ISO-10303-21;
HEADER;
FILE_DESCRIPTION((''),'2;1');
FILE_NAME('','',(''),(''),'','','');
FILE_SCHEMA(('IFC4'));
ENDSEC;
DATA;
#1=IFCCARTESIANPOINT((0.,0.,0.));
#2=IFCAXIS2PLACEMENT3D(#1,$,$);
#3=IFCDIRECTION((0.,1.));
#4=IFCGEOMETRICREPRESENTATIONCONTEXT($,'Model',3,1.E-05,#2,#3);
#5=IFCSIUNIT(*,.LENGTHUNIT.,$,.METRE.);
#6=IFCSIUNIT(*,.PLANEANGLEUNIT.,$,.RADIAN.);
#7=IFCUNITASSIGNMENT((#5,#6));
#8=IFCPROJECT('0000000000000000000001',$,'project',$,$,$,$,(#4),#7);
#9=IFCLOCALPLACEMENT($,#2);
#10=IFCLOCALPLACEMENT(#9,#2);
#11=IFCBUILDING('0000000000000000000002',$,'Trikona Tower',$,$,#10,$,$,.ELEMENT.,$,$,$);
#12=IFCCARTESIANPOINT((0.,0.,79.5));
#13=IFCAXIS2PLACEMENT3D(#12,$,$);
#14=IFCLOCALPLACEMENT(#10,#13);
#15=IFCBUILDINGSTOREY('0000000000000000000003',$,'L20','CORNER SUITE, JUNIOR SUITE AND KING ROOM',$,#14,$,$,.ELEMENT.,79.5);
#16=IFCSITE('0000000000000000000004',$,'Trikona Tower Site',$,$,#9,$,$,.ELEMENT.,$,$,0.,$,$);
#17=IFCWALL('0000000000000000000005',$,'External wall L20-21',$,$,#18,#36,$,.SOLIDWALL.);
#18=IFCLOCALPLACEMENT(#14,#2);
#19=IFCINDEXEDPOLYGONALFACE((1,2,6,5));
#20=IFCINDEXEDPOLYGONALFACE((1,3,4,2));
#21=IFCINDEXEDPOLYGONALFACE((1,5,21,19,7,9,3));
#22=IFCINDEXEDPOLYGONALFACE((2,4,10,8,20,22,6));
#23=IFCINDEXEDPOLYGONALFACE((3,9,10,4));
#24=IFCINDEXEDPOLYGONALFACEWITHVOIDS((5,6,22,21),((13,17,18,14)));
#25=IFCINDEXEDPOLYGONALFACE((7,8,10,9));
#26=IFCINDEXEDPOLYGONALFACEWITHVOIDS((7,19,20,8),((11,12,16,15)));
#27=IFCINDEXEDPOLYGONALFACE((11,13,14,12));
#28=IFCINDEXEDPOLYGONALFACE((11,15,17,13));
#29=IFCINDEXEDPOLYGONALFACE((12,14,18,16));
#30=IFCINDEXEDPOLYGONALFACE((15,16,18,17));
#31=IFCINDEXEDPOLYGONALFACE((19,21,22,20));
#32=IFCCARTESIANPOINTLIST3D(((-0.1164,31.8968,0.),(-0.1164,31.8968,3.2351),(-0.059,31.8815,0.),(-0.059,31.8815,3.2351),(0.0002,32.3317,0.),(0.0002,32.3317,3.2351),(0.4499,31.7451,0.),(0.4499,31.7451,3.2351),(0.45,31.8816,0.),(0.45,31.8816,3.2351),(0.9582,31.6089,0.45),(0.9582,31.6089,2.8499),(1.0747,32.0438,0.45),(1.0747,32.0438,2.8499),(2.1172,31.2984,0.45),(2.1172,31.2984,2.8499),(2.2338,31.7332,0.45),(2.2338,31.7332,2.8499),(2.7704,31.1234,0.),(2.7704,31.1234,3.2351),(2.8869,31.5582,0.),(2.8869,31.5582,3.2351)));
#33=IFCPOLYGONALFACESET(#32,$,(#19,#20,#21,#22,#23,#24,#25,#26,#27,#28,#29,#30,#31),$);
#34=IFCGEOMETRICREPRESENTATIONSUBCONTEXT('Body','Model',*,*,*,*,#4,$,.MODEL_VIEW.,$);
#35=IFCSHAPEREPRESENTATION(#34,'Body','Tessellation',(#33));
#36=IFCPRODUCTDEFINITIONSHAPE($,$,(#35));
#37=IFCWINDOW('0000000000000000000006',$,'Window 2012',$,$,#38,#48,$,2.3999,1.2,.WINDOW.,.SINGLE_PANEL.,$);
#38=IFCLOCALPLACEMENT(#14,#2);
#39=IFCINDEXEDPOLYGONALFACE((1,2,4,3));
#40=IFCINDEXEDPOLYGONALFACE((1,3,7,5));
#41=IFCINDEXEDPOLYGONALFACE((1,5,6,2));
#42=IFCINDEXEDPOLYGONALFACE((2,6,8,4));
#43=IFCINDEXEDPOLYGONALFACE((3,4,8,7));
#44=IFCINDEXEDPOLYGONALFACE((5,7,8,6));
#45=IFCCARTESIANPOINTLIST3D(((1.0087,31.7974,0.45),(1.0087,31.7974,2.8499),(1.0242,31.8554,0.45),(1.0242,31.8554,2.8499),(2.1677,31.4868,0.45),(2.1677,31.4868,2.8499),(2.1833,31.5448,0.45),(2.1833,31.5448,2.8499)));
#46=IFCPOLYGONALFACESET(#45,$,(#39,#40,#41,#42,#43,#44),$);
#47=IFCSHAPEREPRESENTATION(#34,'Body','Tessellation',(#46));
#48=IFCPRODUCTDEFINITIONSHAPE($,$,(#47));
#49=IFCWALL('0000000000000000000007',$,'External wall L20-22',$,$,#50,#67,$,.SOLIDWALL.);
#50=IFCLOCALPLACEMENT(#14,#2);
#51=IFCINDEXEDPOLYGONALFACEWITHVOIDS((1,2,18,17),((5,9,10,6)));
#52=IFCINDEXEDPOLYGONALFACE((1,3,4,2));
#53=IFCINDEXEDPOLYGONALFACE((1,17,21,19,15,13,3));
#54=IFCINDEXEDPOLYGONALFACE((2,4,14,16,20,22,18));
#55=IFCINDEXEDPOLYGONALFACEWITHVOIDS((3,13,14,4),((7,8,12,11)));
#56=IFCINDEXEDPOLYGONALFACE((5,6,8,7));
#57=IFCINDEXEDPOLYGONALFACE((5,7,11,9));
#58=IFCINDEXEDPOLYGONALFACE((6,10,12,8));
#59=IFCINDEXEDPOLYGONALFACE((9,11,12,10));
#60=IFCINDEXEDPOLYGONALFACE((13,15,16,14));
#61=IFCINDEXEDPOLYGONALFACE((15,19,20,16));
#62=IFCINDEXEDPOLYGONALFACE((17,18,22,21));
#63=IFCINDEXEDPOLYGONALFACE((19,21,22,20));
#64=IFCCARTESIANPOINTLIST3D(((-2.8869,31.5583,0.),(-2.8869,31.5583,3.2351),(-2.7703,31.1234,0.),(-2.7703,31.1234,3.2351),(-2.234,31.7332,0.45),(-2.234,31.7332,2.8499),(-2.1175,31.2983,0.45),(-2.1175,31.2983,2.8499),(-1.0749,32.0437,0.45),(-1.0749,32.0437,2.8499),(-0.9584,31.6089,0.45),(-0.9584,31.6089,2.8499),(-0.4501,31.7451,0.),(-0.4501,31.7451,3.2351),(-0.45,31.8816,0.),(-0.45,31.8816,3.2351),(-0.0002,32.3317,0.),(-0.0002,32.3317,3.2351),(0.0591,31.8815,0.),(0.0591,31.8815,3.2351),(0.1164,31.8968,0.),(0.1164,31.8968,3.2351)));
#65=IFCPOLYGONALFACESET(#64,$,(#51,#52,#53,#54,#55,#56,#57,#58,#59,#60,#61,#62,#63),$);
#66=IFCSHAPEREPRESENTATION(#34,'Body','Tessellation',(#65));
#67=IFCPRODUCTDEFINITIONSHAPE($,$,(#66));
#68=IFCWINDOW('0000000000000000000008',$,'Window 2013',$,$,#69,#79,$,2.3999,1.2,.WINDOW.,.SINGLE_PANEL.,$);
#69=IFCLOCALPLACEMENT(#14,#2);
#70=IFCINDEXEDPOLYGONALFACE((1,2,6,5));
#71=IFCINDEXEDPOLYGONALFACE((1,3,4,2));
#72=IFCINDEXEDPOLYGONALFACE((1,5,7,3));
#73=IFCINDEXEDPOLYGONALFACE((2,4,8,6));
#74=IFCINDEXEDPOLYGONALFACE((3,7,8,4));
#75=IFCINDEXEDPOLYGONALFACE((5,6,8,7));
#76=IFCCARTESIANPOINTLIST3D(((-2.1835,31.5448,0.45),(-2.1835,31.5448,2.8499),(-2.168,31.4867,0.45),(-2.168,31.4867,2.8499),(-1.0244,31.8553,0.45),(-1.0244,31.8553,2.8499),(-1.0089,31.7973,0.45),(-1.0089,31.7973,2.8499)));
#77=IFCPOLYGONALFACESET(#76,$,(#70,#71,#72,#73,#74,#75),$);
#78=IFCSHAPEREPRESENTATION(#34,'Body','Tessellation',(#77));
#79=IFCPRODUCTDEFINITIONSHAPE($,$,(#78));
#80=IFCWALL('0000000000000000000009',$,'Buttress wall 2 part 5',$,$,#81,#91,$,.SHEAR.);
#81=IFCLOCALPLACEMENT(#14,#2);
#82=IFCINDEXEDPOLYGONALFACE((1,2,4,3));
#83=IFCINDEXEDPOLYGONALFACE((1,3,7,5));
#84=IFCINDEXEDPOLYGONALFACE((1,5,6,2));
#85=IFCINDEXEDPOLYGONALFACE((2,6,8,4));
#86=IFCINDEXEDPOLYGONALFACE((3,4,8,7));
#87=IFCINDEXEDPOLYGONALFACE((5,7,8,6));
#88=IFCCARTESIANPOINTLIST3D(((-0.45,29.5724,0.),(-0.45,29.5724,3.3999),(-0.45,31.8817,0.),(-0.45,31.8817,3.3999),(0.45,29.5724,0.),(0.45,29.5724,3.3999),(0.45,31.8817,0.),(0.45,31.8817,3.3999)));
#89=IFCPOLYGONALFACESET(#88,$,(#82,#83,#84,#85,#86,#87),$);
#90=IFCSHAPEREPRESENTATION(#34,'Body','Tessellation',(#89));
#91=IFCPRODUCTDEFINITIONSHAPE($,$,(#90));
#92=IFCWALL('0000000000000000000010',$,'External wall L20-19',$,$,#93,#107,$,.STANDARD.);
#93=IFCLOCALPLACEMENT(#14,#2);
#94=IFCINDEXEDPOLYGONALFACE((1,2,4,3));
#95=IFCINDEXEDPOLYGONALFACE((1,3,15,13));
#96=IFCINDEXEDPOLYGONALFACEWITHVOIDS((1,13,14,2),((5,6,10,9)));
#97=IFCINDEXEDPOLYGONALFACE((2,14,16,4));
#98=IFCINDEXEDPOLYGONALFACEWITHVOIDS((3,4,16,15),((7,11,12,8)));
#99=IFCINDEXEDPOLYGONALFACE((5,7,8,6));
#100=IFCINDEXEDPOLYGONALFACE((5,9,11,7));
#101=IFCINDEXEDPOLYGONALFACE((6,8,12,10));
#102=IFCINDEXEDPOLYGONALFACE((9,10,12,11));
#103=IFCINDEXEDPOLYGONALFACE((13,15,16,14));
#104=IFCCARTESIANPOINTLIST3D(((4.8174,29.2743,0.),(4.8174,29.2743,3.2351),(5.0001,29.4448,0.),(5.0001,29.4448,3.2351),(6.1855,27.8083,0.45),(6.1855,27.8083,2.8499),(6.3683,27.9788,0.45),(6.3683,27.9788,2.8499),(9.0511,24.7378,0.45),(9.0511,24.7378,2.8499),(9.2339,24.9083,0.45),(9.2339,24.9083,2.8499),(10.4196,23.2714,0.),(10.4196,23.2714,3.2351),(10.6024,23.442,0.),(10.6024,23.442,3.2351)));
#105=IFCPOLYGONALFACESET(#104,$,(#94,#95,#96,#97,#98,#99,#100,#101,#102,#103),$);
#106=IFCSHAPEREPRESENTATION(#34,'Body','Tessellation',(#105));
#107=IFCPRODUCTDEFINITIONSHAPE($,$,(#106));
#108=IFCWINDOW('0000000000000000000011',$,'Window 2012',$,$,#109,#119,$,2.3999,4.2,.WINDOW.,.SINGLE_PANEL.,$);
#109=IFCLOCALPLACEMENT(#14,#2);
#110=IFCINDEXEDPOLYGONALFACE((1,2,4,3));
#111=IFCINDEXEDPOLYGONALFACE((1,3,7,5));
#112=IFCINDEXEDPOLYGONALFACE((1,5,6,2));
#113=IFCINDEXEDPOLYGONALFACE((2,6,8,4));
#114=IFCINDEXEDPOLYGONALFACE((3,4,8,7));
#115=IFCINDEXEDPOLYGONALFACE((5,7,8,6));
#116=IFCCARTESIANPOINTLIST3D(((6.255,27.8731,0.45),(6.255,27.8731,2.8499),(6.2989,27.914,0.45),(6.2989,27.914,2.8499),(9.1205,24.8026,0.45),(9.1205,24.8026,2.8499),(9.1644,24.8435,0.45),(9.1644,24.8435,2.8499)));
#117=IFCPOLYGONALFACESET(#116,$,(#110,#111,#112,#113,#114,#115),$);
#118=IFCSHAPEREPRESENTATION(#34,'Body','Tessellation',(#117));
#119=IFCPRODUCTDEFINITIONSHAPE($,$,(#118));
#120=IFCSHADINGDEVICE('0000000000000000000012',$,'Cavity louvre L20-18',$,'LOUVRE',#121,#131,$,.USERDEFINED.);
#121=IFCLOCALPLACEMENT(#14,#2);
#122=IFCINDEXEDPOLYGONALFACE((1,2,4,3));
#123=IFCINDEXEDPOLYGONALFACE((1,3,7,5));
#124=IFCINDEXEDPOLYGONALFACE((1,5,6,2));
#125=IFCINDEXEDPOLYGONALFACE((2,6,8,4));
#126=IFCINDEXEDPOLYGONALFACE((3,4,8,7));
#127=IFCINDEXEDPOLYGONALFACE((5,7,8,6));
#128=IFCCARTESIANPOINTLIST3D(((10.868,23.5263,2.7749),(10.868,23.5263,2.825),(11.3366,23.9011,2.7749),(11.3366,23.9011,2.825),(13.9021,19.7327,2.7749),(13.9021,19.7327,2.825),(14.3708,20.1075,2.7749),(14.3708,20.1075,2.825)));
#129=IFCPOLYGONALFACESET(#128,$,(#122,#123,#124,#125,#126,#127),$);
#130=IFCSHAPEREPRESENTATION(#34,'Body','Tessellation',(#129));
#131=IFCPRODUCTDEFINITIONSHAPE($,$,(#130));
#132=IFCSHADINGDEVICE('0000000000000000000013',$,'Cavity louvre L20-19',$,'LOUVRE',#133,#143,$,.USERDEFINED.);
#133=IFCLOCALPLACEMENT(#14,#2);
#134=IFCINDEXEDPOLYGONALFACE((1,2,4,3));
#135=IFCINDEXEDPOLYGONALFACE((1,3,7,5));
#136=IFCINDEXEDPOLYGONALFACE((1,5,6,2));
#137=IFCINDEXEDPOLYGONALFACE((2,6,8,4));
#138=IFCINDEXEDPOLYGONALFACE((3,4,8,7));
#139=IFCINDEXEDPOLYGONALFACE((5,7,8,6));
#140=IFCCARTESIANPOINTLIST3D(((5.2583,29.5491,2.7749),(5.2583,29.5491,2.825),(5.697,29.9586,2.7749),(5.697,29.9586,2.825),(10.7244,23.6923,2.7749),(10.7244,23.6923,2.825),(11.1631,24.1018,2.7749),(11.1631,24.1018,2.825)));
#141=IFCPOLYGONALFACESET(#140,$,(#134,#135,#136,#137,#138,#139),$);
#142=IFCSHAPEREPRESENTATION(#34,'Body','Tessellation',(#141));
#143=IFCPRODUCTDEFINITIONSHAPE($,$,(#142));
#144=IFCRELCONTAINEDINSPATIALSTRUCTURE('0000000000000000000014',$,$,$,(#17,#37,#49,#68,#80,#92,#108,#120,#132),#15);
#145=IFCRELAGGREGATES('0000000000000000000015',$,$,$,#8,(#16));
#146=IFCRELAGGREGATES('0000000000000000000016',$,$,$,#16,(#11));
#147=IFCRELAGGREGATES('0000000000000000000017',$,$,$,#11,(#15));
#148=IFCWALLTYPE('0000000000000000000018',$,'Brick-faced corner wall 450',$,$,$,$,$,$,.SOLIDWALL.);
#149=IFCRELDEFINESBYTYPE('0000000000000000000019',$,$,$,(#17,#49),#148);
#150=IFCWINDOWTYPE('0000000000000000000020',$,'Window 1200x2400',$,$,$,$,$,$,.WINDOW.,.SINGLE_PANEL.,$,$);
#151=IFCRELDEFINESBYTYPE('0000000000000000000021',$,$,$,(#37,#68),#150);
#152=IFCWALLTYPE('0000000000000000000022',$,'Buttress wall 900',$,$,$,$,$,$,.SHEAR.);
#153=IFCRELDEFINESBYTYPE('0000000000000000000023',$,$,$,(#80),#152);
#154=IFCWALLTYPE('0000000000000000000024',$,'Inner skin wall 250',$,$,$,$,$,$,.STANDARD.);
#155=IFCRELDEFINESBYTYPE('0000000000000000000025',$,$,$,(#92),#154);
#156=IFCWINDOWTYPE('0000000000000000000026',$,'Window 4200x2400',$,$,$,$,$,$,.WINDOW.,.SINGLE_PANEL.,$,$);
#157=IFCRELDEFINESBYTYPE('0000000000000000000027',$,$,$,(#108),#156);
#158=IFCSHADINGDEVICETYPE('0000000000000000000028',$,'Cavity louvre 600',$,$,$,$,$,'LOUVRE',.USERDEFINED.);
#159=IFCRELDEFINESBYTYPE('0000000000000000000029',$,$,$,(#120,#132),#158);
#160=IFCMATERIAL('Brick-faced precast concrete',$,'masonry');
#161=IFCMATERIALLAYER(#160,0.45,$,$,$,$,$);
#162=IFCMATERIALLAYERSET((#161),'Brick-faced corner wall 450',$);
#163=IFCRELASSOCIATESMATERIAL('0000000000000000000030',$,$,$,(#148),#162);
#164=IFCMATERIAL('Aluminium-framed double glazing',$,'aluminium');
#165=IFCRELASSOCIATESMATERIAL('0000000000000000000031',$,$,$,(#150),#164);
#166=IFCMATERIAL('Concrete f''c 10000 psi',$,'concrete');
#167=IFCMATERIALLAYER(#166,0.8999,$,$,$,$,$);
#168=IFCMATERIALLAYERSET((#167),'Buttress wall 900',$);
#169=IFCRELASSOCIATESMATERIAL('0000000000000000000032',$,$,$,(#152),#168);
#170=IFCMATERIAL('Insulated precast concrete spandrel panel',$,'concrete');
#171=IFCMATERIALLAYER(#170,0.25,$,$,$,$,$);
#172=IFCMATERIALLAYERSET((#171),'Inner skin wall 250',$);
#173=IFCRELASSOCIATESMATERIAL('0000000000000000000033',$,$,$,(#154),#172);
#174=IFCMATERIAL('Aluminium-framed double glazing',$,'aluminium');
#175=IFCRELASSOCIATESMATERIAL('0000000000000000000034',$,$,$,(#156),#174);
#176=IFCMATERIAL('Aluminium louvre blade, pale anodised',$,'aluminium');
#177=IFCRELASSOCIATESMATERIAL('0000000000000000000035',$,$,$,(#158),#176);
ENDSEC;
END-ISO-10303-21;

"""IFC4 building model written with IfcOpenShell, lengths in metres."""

from ifc_helpers import new_model, si_unit, direction, frame, frame_2d, origin, origin_2d, place, context, subcontext, project, spatial, polyline, rectangle, outline, extrude, material, layer, layer_set, type_object, element, fill, save


model = new_model("IFC4")

# Units and contexts
model_context = context("Model", 3, precision=1e-05, world=origin(), true_north=direction((0.0, 1.0)))
body_context = subcontext(model_context, "Body", "Model", "MODEL_VIEW")
ifc_project = project(units=[si_unit("LENGTHUNIT", "METRE"), si_unit("PLANEANGLEUNIT", "RADIAN")], contexts=[model_context])

# Site, building, storey
site_placement = place(None, origin())
site = spatial("IfcSite", under=ifc_project, at=site_placement, Name="Trikona Tower Site", CompositionType="ELEMENT", RefElevation=0.0)
building_placement = place(site_placement, origin())
building = spatial("IfcBuilding", under=site, at=building_placement, Name="Trikona Tower", CompositionType="ELEMENT")
storey_placement = place(building_placement, frame((0.0, 0.0, 79.5)))
storey = spatial("IfcBuildingStorey", under=building, at=storey_placement, Name="L20", Description="CORNER SUITE, JUNIOR SUITE AND KING ROOM", CompositionType="ELEMENT", Elevation=79.5)

# Walls, openings, windows
ifc_material_1 = material(Name="Brick-faced precast concrete", Category="masonry")
ifc_layer_1 = layer(ifc_material_1, 0.45)
ifc_layer_set_1 = layer_set([ifc_layer_1], Name="Brick-faced corner wall 450")
wall_type_1 = type_object("IfcWallType", Name="Brick-faced corner wall 450", PredefinedType="SOLIDWALL", material=ifc_layer_set_1)
wall_1_placement = place(storey_placement, frame((2.8286, 31.3408, 0.0), z_axis=(0.0, 0.0, 1.0), x_axis=(-0.965931, 0.258801, 0.0)))
wall_1 = element("IfcWall", 1, at=wall_1_placement, inside=storey, type_object=wall_type_1, Name="External wall L20-21", PredefinedType="SOLIDWALL", context=body_context, shape_type="SweptSolid", body=[
    extrude(outline(polyline([(2.9885, 0.2251), (2.9292, 0.2251), (2.4375, 0.0933), (2.4023, 0.2251), (0.0, 0.2251), (0.0, -0.2251), (2.9885, -0.2251), (2.9885, 0.2251)])), origin(), (0.0, 0.0, 1.0), 3.2351),
])
opening_1_placement = place(wall_1_placement, frame((0.676, 0.0, 0.45)))
opening_1 = element("IfcOpeningElement", 2, at=opening_1_placement, cuts=wall_1, PredefinedType="OPENING", context=body_context, shape_type="SweptSolid", body=[
    extrude(rectangle(XDim=1.2, YDim=2.3999, at=frame_2d((0.6001, 1.2))), frame((0.0, 0.2349, 0.0), z_axis=(0.0, -1.0, 0.0), x_axis=(1.0, 0.0, 0.0)), (0.0, 0.0, 1.0), 0.47),
])
ifc_material_2 = material(Name="Aluminium-framed double glazing", Category="aluminium")
window_type_1 = type_object("IfcWindowType", Name="Window 1200x2400", PartitioningType="SINGLE_PANEL", PredefinedType="WINDOW", material=ifc_material_2)
window_1_placement = place(opening_1_placement, origin())
window_1 = element("IfcWindow", 3, at=window_1_placement, inside=storey, type_object=window_type_1, Name="Window 2012", OverallHeight=2.3999, OverallWidth=1.2, PartitioningType="SINGLE_PANEL", PredefinedType="WINDOW", context=body_context, shape_type="SweptSolid", body=[
    extrude(rectangle(XDim=1.2, YDim=2.3999, at=frame_2d((0.6001, 1.2))), frame((0.0, 0.03, 0.0), z_axis=(0.0, -1.0, 0.0), x_axis=(1.0, 0.0, 0.0)), (0.0, 0.0, 1.0), 0.0601),
])
fill(opening_1, window_1)
wall_2_placement = place(storey_placement, frame((0.0581, 32.1143, 0.0), z_axis=(0.0, 0.0, 1.0), x_axis=(-0.965931, -0.258801, 0.0)))
wall_2 = element("IfcWall", 4, at=wall_2_placement, inside=storey, type_object=wall_type_1, Name="External wall L20-22", PredefinedType="SOLIDWALL", context=body_context, shape_type="SweptSolid", body=[
    extrude(outline(polyline([(2.9885, 0.2251), (0.5864, 0.2251), (0.551, 0.0933), (0.0593, 0.2251), (0.0, 0.2251), (0.0, -0.2251), (2.9885, -0.2251), (2.9885, 0.2251)])), origin(), (0.0, 0.0, 1.0), 3.2351),
])
opening_2_placement = place(wall_2_placement, frame((1.1125, 0.0, 0.45)))
opening_2 = element("IfcOpeningElement", 5, at=opening_2_placement, cuts=wall_2, PredefinedType="OPENING", context=body_context, shape_type="SweptSolid", body=[
    extrude(rectangle(XDim=1.2, YDim=2.3999, at=frame_2d((0.6001, 1.2))), frame((0.0, 0.2349, 0.0), z_axis=(0.0, -1.0, 0.0), x_axis=(1.0, 0.0, 0.0)), (0.0, 0.0, 1.0), 0.47),
])
window_2_placement = place(opening_2_placement, origin())
window_2 = element("IfcWindow", 6, at=window_2_placement, inside=storey, type_object=window_type_1, Name="Window 2013", OverallHeight=2.3999, OverallWidth=1.2, PartitioningType="SINGLE_PANEL", PredefinedType="WINDOW", context=body_context, shape_type="SweptSolid", body=[
    extrude(rectangle(XDim=1.2, YDim=2.3999, at=frame_2d((0.6001, 1.2))), frame((0.0, 0.03, 0.0), z_axis=(0.0, -1.0, 0.0), x_axis=(1.0, 0.0, 0.0)), (0.0, 0.0, 1.0), 0.0601),
])
fill(opening_2, window_2)

# Wall
ifc_material_3 = material(Name="Concrete f'c 10000 psi", Category="concrete")
ifc_layer_2 = layer(ifc_material_3, 0.8999)
ifc_layer_set_2 = layer_set([ifc_layer_2], Name="Buttress wall 900")
wall_type_2 = type_object("IfcWallType", Name="Buttress wall 900", PredefinedType="SHEAR", material=ifc_layer_set_2)
wall_3_placement = place(storey_placement, frame((0.0, 29.5723, 0.0), z_axis=(0.0, 0.0, 1.0), x_axis=(0.0, 1.0, 0.0)))
element("IfcWall", 7, at=wall_3_placement, inside=storey, type_object=wall_type_2, Name="Buttress wall 2 part 5", PredefinedType="SHEAR", context=body_context, shape_type="SweptSolid", body=[
    extrude(rectangle(XDim=2.3093, YDim=0.8999, at=frame_2d((1.1548, 0.0))), origin(), (0.0, 0.0, 1.0), 3.3999),
])

# Wall, opening, window
ifc_material_4 = material(Name="Insulated precast concrete spandrel panel", Category="concrete")
ifc_layer_3 = layer(ifc_material_4, 0.25)
ifc_layer_set_3 = layer_set([ifc_layer_3], Name="Inner skin wall 250")
wall_type_3 = type_object("IfcWallType", Name="Inner skin wall 250", PredefinedType="STANDARD", material=ifc_layer_set_3)
wall_4_placement = place(storey_placement, frame((10.511, 23.3567, 0.0), z_axis=(0.0, 0.0, 1.0), x_axis=(-0.68229, 0.731082, 0.0)))
wall_4 = element("IfcWall", 8, at=wall_4_placement, inside=storey, type_object=wall_type_3, Name="External wall L20-19", PredefinedType="STANDARD", context=body_context, shape_type="SweptSolid", body=[
    extrude(rectangle(XDim=8.2109, YDim=0.25, at=frame_2d((4.1055, 0.0))), origin(), (0.0, 0.0, 1.0), 3.2351),
])
opening_3_placement = place(wall_4_placement, frame((2.0056, 0.0, 0.45)))
opening_3 = element("IfcOpeningElement", 9, at=opening_3_placement, cuts=wall_4, PredefinedType="OPENING", context=body_context, shape_type="SweptSolid", body=[
    extrude(rectangle(XDim=4.2, YDim=2.3999, at=frame_2d((2.1001, 1.2))), frame((0.0, 0.135, 0.0), z_axis=(0.0, -1.0, 0.0), x_axis=(1.0, 0.0, 0.0)), (0.0, 0.0, 1.0), 0.27),
])
ifc_material_5 = material(Name="Aluminium-framed double glazing", Category="aluminium")
window_type_2 = type_object("IfcWindowType", Name="Window 4200x2400", PartitioningType="SINGLE_PANEL", PredefinedType="WINDOW", material=ifc_material_5)
window_3_placement = place(opening_3_placement, origin())
window_3 = element("IfcWindow", 10, at=window_3_placement, inside=storey, type_object=window_type_2, Name="Window 2012", OverallHeight=2.3999, OverallWidth=4.2, PartitioningType="SINGLE_PANEL", PredefinedType="WINDOW", context=body_context, shape_type="SweptSolid", body=[
    extrude(rectangle(XDim=4.2, YDim=2.3999, at=frame_2d((2.1001, 1.2))), frame((0.0, 0.03, 0.0), z_axis=(0.0, -1.0, 0.0), x_axis=(1.0, 0.0, 0.0)), (0.0, 0.0, 1.0), 0.0601),
])
fill(opening_3, window_3)

# Shading devices
ifc_material_6 = material(Name="Aluminium louvre blade, pale anodised", Category="aluminium")
shading_device_type = type_object("IfcShadingDeviceType", Name="Cavity louvre 600", ElementType="LOUVRE", PredefinedType="USERDEFINED", material=ifc_material_6)
shading_device_1_placement = place(storey_placement, frame((12.6194, 21.8169, 2.7749), z_axis=(0.0, 0.0, 1.0), x_axis=(-0.624604, 0.780942, 0.0)))
element("IfcShadingDevice", 11, at=shading_device_1_placement, inside=storey, type_object=shading_device_type, Name="Cavity louvre L20-18", ObjectType="LOUVRE", PredefinedType="USERDEFINED", context=body_context, shape_type="SweptSolid", body=[
    extrude(rectangle(XDim=4.8577, YDim=0.6001, at=origin_2d()), origin(), (0.0, 0.0, 1.0), 0.05),
])
shading_device_2_placement = place(storey_placement, frame((8.2107, 26.8254, 2.7749), z_axis=(0.0, 0.0, 1.0), x_axis=(-0.682298, 0.731074, 0.0)))
element("IfcShadingDevice", 12, at=shading_device_2_placement, inside=storey, type_object=shading_device_type, Name="Cavity louvre L20-19", ObjectType="LOUVRE", PredefinedType="USERDEFINED", context=body_context, shape_type="SweptSolid", body=[
    extrude(rectangle(XDim=8.0112, YDim=0.6001, at=origin_2d()), origin(), (0.0, 0.0, 1.0), 0.05),
])

save(model, "model.ifc")
